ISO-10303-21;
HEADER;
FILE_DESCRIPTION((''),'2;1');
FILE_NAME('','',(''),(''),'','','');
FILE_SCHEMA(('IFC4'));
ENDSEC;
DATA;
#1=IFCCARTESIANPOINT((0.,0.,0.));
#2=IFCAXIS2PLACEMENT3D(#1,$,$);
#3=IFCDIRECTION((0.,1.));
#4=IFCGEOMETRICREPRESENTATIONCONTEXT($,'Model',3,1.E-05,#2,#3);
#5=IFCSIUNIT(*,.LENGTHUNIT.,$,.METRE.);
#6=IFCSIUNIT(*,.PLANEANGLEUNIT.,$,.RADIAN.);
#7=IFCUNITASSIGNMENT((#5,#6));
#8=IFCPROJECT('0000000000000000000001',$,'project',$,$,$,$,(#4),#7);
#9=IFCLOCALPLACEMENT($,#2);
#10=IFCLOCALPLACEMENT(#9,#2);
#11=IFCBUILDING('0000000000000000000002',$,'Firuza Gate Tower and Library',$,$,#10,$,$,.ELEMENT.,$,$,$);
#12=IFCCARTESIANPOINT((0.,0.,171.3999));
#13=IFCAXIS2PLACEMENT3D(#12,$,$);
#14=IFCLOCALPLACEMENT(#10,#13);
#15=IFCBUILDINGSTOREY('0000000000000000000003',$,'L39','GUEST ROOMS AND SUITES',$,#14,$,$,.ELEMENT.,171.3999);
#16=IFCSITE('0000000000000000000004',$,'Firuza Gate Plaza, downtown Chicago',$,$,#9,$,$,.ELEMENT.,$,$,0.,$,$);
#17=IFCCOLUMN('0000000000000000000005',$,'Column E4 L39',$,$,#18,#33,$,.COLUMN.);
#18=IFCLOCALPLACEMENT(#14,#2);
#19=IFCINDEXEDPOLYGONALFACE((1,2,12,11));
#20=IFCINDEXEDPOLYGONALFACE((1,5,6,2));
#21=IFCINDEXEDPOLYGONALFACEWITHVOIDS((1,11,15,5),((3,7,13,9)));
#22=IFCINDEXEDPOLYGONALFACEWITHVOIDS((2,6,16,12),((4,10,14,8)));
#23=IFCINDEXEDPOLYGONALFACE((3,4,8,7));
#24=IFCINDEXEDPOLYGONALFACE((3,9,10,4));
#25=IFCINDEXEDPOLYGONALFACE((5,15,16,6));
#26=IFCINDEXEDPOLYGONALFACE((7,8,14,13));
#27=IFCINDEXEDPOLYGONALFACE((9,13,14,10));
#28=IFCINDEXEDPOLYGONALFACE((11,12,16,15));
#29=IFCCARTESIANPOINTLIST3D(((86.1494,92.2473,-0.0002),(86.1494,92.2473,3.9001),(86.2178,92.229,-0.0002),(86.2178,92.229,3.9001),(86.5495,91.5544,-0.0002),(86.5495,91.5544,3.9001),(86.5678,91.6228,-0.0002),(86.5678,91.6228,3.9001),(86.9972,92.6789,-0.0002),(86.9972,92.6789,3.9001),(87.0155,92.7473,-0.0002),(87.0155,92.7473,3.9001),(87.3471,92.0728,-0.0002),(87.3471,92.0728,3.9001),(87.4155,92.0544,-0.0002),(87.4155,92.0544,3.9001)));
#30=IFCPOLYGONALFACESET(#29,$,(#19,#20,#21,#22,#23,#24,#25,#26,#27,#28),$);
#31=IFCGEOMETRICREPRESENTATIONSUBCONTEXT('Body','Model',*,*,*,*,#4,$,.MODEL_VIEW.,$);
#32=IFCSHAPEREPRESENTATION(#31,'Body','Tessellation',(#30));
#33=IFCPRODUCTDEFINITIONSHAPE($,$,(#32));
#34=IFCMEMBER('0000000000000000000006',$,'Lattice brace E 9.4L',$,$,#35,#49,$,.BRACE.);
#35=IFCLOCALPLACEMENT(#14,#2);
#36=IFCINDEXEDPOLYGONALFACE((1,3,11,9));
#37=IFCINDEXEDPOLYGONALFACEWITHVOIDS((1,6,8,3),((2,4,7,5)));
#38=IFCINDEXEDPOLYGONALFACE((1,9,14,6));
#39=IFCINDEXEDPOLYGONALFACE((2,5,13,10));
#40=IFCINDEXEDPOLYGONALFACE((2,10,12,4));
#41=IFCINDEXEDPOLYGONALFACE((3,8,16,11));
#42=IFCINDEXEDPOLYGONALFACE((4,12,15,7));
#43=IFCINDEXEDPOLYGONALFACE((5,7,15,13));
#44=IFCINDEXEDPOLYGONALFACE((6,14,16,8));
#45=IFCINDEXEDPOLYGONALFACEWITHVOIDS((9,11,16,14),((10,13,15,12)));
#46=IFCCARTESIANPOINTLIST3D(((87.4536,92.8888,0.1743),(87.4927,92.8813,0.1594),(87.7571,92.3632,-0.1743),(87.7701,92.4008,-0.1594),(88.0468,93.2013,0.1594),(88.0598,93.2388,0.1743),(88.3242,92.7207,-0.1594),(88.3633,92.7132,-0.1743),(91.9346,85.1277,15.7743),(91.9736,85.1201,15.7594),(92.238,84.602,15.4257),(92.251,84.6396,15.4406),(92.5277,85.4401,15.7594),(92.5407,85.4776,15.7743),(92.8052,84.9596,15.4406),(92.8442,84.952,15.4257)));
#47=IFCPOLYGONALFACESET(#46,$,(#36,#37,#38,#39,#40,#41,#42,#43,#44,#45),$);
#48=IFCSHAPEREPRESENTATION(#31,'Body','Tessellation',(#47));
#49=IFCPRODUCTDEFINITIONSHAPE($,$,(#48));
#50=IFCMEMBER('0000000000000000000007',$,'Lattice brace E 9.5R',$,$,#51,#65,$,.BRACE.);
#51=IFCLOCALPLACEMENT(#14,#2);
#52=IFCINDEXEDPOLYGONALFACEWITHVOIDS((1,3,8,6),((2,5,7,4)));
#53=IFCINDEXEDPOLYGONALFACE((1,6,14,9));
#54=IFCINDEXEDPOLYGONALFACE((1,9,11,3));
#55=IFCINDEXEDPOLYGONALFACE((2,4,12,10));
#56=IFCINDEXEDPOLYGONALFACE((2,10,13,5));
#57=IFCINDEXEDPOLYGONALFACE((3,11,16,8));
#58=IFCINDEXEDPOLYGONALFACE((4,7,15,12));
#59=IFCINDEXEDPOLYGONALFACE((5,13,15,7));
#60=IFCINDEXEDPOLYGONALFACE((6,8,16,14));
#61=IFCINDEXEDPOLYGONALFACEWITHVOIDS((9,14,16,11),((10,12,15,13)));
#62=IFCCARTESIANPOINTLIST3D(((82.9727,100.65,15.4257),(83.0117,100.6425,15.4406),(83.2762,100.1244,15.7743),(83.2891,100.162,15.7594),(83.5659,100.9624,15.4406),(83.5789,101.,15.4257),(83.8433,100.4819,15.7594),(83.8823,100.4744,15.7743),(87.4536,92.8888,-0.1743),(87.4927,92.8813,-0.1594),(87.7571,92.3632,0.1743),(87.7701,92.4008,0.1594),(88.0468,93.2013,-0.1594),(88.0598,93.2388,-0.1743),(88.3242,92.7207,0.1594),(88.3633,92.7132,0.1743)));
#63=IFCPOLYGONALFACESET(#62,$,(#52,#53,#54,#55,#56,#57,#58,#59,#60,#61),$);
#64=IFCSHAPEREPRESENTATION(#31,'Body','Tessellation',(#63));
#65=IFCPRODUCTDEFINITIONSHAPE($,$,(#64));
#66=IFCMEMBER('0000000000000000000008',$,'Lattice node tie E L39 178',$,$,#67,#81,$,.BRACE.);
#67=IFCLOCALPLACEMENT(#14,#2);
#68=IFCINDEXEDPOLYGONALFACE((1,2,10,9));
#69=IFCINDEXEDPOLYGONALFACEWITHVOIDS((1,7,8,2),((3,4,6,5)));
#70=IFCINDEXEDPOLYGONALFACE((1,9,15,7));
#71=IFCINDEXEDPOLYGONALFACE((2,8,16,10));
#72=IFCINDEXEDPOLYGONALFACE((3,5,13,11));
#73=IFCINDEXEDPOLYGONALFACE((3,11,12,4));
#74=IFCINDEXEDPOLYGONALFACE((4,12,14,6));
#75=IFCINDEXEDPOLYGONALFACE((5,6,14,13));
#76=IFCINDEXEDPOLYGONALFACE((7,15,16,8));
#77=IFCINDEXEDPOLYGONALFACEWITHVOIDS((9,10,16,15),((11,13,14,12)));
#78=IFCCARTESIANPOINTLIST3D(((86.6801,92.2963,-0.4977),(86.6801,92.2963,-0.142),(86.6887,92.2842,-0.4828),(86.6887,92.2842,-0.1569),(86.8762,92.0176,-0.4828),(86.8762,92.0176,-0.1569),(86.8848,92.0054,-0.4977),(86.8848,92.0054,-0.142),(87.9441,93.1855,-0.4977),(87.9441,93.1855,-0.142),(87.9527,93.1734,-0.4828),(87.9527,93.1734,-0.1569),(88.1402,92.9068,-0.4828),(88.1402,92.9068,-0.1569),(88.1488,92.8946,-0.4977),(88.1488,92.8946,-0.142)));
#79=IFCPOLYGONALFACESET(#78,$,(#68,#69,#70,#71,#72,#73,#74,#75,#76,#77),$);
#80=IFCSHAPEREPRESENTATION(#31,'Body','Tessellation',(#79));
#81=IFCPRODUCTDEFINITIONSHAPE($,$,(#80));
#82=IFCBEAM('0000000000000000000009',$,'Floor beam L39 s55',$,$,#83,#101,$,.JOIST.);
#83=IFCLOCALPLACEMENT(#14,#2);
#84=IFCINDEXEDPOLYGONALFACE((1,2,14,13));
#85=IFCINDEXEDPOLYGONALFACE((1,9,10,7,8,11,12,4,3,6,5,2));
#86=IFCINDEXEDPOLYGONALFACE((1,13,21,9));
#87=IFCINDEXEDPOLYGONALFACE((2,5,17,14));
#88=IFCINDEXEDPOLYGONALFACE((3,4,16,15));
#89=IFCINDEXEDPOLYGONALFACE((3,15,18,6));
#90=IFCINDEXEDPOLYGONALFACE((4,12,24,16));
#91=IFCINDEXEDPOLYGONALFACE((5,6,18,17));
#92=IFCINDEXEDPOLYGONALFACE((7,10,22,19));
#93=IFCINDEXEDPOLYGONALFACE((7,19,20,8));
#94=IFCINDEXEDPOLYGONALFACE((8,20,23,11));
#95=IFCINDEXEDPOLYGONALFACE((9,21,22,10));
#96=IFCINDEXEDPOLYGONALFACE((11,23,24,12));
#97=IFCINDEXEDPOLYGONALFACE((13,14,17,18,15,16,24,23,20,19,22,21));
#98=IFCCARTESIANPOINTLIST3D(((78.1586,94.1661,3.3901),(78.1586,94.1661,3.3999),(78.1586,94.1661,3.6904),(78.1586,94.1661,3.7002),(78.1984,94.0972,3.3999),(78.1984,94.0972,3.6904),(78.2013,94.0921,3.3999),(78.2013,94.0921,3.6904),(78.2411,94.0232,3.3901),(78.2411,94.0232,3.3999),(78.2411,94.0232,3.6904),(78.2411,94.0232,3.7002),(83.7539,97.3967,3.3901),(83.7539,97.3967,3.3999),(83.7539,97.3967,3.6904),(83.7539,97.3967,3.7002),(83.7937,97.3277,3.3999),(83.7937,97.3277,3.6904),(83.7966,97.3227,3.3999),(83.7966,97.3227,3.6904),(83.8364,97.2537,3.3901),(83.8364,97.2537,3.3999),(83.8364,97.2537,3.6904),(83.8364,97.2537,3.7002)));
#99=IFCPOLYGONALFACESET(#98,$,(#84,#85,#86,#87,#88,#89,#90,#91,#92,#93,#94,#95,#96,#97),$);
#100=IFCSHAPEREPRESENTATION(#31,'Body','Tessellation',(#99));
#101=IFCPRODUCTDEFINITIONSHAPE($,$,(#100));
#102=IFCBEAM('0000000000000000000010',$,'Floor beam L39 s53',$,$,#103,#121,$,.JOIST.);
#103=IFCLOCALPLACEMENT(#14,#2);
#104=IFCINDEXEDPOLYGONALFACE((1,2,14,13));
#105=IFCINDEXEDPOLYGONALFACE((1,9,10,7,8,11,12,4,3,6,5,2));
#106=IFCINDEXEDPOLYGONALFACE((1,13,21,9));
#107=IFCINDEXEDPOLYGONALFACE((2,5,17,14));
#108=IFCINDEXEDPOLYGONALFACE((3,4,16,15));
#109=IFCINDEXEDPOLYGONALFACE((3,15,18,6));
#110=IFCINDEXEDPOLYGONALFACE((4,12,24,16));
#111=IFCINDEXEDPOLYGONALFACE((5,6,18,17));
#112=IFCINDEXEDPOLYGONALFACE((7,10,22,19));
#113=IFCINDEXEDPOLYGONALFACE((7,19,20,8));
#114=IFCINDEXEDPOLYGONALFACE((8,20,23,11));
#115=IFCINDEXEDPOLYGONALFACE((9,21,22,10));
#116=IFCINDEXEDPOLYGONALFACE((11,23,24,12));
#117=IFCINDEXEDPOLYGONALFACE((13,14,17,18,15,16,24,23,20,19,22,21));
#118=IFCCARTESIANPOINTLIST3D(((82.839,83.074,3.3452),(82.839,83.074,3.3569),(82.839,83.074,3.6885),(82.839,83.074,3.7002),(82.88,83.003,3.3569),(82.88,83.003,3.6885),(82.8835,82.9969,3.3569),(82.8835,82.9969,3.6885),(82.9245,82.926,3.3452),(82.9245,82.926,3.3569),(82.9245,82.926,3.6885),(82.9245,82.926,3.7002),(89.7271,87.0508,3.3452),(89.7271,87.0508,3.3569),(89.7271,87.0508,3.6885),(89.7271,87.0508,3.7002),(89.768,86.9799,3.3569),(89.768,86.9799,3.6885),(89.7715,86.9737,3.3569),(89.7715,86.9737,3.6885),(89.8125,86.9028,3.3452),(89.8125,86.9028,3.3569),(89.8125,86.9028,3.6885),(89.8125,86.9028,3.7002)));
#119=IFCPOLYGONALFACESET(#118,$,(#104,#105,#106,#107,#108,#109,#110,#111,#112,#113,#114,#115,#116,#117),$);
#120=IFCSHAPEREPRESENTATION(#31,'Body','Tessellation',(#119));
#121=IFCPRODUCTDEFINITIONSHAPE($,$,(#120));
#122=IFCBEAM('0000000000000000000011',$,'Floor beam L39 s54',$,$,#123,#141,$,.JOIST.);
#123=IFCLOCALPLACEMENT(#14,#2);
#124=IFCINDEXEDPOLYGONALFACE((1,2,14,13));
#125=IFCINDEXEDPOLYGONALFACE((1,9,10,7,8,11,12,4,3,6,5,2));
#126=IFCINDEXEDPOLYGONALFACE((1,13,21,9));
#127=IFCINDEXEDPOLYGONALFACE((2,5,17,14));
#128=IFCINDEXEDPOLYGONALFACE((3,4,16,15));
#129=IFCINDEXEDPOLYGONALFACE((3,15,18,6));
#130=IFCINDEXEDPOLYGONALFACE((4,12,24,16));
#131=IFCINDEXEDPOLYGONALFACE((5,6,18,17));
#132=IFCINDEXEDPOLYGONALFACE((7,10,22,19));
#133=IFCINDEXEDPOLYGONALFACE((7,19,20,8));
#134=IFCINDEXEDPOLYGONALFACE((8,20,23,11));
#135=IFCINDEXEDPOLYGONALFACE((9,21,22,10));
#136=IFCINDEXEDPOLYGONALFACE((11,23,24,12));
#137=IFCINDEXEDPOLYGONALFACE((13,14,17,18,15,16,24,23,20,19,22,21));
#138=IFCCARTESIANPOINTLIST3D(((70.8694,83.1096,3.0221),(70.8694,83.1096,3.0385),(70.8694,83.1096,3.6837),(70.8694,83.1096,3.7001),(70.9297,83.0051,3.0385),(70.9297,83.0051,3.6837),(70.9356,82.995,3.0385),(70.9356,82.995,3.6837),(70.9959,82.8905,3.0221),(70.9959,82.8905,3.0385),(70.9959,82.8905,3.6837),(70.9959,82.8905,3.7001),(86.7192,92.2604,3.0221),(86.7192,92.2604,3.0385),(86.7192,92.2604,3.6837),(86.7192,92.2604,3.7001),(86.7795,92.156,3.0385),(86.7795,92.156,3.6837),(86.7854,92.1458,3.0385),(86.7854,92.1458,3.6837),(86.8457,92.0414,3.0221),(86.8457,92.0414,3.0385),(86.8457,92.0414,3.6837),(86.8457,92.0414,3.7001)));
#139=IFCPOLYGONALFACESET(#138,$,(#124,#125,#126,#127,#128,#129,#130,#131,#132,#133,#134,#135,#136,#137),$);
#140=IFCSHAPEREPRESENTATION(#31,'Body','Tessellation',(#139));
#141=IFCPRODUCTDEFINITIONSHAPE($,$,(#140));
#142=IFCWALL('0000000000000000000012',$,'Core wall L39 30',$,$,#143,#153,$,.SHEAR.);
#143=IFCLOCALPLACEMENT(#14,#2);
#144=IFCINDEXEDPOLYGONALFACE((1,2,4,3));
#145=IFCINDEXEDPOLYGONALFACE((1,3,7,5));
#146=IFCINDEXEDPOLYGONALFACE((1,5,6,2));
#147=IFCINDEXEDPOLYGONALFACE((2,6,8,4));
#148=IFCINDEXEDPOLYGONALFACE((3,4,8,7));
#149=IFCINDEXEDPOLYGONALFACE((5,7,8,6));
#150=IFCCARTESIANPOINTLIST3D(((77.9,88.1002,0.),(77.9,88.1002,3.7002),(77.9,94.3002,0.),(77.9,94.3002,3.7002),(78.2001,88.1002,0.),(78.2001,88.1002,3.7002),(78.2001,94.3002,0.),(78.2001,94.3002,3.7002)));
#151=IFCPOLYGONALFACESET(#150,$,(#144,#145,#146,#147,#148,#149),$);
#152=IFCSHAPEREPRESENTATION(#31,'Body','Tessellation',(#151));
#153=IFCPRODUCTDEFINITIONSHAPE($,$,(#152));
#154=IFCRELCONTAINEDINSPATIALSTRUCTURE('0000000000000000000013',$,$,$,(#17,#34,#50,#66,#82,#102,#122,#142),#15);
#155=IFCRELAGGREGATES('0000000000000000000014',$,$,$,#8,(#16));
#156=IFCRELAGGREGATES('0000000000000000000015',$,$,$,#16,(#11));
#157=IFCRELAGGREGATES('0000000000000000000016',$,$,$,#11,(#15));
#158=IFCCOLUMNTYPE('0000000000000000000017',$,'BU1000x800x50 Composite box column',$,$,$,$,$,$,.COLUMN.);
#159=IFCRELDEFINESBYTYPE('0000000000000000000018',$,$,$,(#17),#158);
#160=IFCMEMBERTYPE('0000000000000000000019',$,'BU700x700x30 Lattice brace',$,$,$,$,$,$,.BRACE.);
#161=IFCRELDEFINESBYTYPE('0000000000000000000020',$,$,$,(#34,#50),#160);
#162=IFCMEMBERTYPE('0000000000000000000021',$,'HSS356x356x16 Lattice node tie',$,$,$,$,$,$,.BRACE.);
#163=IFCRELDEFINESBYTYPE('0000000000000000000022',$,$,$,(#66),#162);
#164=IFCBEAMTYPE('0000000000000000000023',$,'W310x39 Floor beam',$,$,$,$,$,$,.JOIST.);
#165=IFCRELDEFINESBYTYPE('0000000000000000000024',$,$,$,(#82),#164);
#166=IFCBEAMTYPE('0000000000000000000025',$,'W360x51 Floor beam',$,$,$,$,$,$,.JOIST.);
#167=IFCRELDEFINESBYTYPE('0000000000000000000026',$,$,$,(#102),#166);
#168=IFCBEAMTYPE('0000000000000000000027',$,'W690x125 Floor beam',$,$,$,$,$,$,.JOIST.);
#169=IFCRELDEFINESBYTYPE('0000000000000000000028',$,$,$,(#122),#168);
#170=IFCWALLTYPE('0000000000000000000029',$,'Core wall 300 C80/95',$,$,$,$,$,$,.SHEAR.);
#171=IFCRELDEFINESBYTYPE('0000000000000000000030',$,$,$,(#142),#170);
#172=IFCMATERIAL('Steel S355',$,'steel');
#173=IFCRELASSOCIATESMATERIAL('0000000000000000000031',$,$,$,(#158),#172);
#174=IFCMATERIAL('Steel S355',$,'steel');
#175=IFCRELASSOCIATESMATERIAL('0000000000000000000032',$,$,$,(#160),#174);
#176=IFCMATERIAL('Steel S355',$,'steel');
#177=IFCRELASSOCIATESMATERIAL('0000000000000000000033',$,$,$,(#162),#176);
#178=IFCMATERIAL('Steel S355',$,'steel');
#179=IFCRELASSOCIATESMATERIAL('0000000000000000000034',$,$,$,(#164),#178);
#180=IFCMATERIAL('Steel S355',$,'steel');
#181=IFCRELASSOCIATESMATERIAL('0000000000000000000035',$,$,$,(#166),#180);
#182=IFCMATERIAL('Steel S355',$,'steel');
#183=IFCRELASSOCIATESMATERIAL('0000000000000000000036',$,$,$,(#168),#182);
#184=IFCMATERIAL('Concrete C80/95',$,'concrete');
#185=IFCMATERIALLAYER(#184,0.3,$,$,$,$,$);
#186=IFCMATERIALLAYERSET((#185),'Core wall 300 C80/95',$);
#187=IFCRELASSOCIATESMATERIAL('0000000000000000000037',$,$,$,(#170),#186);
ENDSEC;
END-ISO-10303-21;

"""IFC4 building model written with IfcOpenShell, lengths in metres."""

from ifc_helpers import new_model, si_unit, direction, frame, frame_2d, origin, origin_2d, place, context, subcontext, project, spatial, rectangle, hollow_rectangle, i_section, extrude, material, layer, layer_set, material_profile, profile_set, type_object, element, save


model = new_model("IFC4")

# Units and contexts
model_context = context("Model", 3, precision=1e-05, world=origin(), true_north=direction((0.0, 1.0)))
body_context = subcontext(model_context, "Body", "Model", "MODEL_VIEW")
ifc_project = project(units=[si_unit("LENGTHUNIT", "METRE"), si_unit("PLANEANGLEUNIT", "RADIAN")], contexts=[model_context])

# Site, building, storey
site_placement = place(None, origin())
site = spatial("IfcSite", under=ifc_project, at=site_placement, Name="Firuza Gate Plaza, downtown Chicago", CompositionType="ELEMENT", RefElevation=0.0)
building_placement = place(site_placement, origin())
building = spatial("IfcBuilding", under=site, at=building_placement, Name="Firuza Gate Tower and Library", CompositionType="ELEMENT")
storey_placement = place(building_placement, frame((0.0, 0.0, 171.3999)))
storey = spatial("IfcBuildingStorey", under=building, at=storey_placement, Name="L39", Description="GUEST ROOMS AND SUITES", CompositionType="ELEMENT", Elevation=171.3999)

# Column
ifc_material_1 = material(Name="Steel S355", Category="steel")
ifc_material_profile_1 = material_profile(ifc_material_1, hollow_rectangle(XDim=0.8, YDim=1.0, WallThickness=0.05, at=origin_2d()))
ifc_profile_set_1 = profile_set([ifc_material_profile_1], Name="Steel S355")
column_type = type_object("IfcColumnType", Name="BU1000x800x50 Composite box column", PredefinedType="COLUMN", material=ifc_profile_set_1)
column_placement = place(storey_placement, frame((86.7825, 92.1509, -0.0002), z_axis=(0.0, 0.0, 1.0), x_axis=(-0.5, 0.866025, 0.0)))
element("IfcColumn", 1, at=column_placement, inside=storey, type_object=column_type, Name="Column E4 L39", PredefinedType="COLUMN", context=body_context, shape_type="SweptSolid", body=[
    extrude(hollow_rectangle(XDim=0.8, YDim=1.0, WallThickness=0.05, at=origin_2d()), origin(), (0.0, 0.0, 1.0), 3.9004),
])

# Members
ifc_material_2 = material(Name="Steel S355", Category="steel")
ifc_material_profile_2 = material_profile(ifc_material_2, hollow_rectangle(XDim=0.7, YDim=0.7, WallThickness=0.03, at=origin_2d()))
ifc_profile_set_2 = profile_set([ifc_material_profile_2], Name="Steel S355")
member_type_1 = type_object("IfcMemberType", Name="BU700x700x30 Lattice brace", PredefinedType="BRACE", material=ifc_profile_set_2)
for number, where, z_axis, x_axis, name in (
    (2, (87.9084, 92.801, 0.0), (0.249066, -0.431393, 0.867102), (0.866025, 0.500001, 0.0), "Lattice brace E 9.4L"),
    (3, (87.9084, 92.801, 0.0), (-0.249066, 0.431393, 0.867102), (-0.866025, -0.500001, 0.0), "Lattice brace E 9.5R"),
):
    element("IfcMember", number, at=place(storey_placement, frame(where, z_axis=z_axis, x_axis=x_axis)), inside=storey, type_object=member_type_1, Name=name, PredefinedType="BRACE", context=body_context, shape_type="SweptSolid", body=[
        extrude(hollow_rectangle(XDim=0.7, YDim=0.7, WallThickness=0.03, at=origin_2d()), origin(), (0.0, 0.0, 1.0), 17.991),
    ])
ifc_material_3 = material(Name="Steel S355", Category="steel")
ifc_material_profile_3 = material_profile(ifc_material_3, hollow_rectangle(XDim=0.3557, YDim=0.3557, WallThickness=0.0149, at=origin_2d()))
ifc_profile_set_3 = profile_set([ifc_material_profile_3], Name="Steel S355")
member_type_2 = type_object("IfcMemberType", Name="HSS356x356x16 Lattice node tie", PredefinedType="BRACE", material=ifc_profile_set_3)
member_placement = place(storey_placement, frame((86.7825, 92.1509, -0.3198), z_axis=(0.817886, 0.57538, 0.0), x_axis=(-0.57538, 0.817886, 0.0)))
element("IfcMember", 4, at=member_placement, inside=storey, type_object=member_type_2, Name="Lattice node tie E L39 178", PredefinedType="BRACE", context=body_context, shape_type="SweptSolid", body=[
    extrude(hollow_rectangle(XDim=0.3557, YDim=0.3557, WallThickness=0.0149, at=origin_2d()), origin(), (0.0, 0.0, 1.0), 1.5454),
])

# Beams
ifc_material_4 = material(Name="Steel S355", Category="steel")
ifc_material_profile_4 = material_profile(ifc_material_4, i_section(OverallWidth=0.165, OverallDepth=0.3101, WebThickness=0.0059, FlangeThickness=0.0098, at=origin_2d()))
ifc_profile_set_4 = profile_set([ifc_material_profile_4], Name="Steel S355")
beam_type_1 = type_object("IfcBeamType", Name="W310x39 Floor beam", PredefinedType="JOIST", material=ifc_profile_set_4)
beam_1_placement = place(storey_placement, frame((83.7952, 97.3252, 3.5452), z_axis=(-0.866021, -0.500008, 0.0), x_axis=(0.500008, -0.866021, 0.0)))
element("IfcBeam", 5, at=beam_1_placement, inside=storey, type_object=beam_type_1, Name="Floor beam L39 s55", PredefinedType="JOIST", context=body_context, shape_type="SweptSolid", body=[
    extrude(i_section(OverallWidth=0.165, OverallDepth=0.3101, WebThickness=0.0059, FlangeThickness=0.0098, at=origin_2d()), origin(), (0.0, 0.0, 1.0), 6.4609),
])
ifc_material_5 = material(Name="Steel S355", Category="steel")
ifc_material_profile_5 = material_profile(ifc_material_5, i_section(OverallWidth=0.1709, OverallDepth=0.355, WebThickness=0.0071, FlangeThickness=0.0117, at=origin_2d()))
ifc_profile_set_5 = profile_set([ifc_material_profile_5], Name="Steel S355")
beam_type_2 = type_object("IfcBeamType", Name="W360x51 Floor beam", PredefinedType="JOIST", material=ifc_profile_set_5)
beam_2_placement = place(storey_placement, frame((89.7698, 86.9768, 3.5227), z_axis=(-0.866023, -0.500005, 0.0), x_axis=(0.500005, -0.866023, 0.0)))
element("IfcBeam", 6, at=beam_2_placement, inside=storey, type_object=beam_type_2, Name="Floor beam L39 s53", PredefinedType="JOIST", context=body_context, shape_type="SweptSolid", body=[
    extrude(i_section(OverallWidth=0.1709, OverallDepth=0.355, WebThickness=0.0071, FlangeThickness=0.0117, at=origin_2d()), origin(), (0.0, 0.0, 1.0), 7.9536),
])
ifc_material_6 = material(Name="Steel S355", Category="steel")
ifc_material_profile_6 = material_profile(ifc_material_6, i_section(OverallWidth=0.2529, OverallDepth=0.678, WebThickness=0.0117, FlangeThickness=0.0164, at=origin_2d()))
ifc_profile_set_6 = profile_set([ifc_material_profile_6], Name="Steel S355")
beam_type_3 = type_object("IfcBeamType", Name="W690x125 Floor beam", PredefinedType="JOIST", material=ifc_profile_set_6)
beam_3_placement = place(storey_placement, frame((86.7825, 92.1509, 3.3611), z_axis=(-0.866026, -0.499998, 0.0), x_axis=(0.499998, -0.866026, 0.0)))
element("IfcBeam", 7, at=beam_3_placement, inside=storey, type_object=beam_type_3, Name="Floor beam L39 s54", PredefinedType="JOIST", context=body_context, shape_type="SweptSolid", body=[
    extrude(i_section(OverallWidth=0.2529, OverallDepth=0.678, WebThickness=0.0117, FlangeThickness=0.0164, at=origin_2d()), origin(), (0.0, 0.0, 1.0), 18.3018),
])

# Wall
ifc_material_7 = material(Name="Concrete C80/95", Category="concrete")
ifc_layer_1 = layer(ifc_material_7, 0.3)
ifc_layer_set_1 = layer_set([ifc_layer_1], Name="Core wall 300 C80/95")
wall_type_1 = type_object("IfcWallType", Name="Core wall 300 C80/95", PredefinedType="SHEAR", material=ifc_layer_set_1)
wall_1_placement = place(storey_placement, frame((78.05, 88.1001, 0.0), z_axis=(0.0, 0.0, 1.0), x_axis=(0.0, 1.0, 0.0)))
element("IfcWall", 8, at=wall_1_placement, inside=storey, type_object=wall_type_1, Name="Core wall L39 30", PredefinedType="SHEAR", context=body_context, shape_type="SweptSolid", body=[
    extrude(rectangle(XDim=6.2, YDim=0.3, at=frame_2d((3.1001, 0.0))), origin(), (0.0, 0.0, 1.0), 3.7002),
])

save(model, "model.ifc")
